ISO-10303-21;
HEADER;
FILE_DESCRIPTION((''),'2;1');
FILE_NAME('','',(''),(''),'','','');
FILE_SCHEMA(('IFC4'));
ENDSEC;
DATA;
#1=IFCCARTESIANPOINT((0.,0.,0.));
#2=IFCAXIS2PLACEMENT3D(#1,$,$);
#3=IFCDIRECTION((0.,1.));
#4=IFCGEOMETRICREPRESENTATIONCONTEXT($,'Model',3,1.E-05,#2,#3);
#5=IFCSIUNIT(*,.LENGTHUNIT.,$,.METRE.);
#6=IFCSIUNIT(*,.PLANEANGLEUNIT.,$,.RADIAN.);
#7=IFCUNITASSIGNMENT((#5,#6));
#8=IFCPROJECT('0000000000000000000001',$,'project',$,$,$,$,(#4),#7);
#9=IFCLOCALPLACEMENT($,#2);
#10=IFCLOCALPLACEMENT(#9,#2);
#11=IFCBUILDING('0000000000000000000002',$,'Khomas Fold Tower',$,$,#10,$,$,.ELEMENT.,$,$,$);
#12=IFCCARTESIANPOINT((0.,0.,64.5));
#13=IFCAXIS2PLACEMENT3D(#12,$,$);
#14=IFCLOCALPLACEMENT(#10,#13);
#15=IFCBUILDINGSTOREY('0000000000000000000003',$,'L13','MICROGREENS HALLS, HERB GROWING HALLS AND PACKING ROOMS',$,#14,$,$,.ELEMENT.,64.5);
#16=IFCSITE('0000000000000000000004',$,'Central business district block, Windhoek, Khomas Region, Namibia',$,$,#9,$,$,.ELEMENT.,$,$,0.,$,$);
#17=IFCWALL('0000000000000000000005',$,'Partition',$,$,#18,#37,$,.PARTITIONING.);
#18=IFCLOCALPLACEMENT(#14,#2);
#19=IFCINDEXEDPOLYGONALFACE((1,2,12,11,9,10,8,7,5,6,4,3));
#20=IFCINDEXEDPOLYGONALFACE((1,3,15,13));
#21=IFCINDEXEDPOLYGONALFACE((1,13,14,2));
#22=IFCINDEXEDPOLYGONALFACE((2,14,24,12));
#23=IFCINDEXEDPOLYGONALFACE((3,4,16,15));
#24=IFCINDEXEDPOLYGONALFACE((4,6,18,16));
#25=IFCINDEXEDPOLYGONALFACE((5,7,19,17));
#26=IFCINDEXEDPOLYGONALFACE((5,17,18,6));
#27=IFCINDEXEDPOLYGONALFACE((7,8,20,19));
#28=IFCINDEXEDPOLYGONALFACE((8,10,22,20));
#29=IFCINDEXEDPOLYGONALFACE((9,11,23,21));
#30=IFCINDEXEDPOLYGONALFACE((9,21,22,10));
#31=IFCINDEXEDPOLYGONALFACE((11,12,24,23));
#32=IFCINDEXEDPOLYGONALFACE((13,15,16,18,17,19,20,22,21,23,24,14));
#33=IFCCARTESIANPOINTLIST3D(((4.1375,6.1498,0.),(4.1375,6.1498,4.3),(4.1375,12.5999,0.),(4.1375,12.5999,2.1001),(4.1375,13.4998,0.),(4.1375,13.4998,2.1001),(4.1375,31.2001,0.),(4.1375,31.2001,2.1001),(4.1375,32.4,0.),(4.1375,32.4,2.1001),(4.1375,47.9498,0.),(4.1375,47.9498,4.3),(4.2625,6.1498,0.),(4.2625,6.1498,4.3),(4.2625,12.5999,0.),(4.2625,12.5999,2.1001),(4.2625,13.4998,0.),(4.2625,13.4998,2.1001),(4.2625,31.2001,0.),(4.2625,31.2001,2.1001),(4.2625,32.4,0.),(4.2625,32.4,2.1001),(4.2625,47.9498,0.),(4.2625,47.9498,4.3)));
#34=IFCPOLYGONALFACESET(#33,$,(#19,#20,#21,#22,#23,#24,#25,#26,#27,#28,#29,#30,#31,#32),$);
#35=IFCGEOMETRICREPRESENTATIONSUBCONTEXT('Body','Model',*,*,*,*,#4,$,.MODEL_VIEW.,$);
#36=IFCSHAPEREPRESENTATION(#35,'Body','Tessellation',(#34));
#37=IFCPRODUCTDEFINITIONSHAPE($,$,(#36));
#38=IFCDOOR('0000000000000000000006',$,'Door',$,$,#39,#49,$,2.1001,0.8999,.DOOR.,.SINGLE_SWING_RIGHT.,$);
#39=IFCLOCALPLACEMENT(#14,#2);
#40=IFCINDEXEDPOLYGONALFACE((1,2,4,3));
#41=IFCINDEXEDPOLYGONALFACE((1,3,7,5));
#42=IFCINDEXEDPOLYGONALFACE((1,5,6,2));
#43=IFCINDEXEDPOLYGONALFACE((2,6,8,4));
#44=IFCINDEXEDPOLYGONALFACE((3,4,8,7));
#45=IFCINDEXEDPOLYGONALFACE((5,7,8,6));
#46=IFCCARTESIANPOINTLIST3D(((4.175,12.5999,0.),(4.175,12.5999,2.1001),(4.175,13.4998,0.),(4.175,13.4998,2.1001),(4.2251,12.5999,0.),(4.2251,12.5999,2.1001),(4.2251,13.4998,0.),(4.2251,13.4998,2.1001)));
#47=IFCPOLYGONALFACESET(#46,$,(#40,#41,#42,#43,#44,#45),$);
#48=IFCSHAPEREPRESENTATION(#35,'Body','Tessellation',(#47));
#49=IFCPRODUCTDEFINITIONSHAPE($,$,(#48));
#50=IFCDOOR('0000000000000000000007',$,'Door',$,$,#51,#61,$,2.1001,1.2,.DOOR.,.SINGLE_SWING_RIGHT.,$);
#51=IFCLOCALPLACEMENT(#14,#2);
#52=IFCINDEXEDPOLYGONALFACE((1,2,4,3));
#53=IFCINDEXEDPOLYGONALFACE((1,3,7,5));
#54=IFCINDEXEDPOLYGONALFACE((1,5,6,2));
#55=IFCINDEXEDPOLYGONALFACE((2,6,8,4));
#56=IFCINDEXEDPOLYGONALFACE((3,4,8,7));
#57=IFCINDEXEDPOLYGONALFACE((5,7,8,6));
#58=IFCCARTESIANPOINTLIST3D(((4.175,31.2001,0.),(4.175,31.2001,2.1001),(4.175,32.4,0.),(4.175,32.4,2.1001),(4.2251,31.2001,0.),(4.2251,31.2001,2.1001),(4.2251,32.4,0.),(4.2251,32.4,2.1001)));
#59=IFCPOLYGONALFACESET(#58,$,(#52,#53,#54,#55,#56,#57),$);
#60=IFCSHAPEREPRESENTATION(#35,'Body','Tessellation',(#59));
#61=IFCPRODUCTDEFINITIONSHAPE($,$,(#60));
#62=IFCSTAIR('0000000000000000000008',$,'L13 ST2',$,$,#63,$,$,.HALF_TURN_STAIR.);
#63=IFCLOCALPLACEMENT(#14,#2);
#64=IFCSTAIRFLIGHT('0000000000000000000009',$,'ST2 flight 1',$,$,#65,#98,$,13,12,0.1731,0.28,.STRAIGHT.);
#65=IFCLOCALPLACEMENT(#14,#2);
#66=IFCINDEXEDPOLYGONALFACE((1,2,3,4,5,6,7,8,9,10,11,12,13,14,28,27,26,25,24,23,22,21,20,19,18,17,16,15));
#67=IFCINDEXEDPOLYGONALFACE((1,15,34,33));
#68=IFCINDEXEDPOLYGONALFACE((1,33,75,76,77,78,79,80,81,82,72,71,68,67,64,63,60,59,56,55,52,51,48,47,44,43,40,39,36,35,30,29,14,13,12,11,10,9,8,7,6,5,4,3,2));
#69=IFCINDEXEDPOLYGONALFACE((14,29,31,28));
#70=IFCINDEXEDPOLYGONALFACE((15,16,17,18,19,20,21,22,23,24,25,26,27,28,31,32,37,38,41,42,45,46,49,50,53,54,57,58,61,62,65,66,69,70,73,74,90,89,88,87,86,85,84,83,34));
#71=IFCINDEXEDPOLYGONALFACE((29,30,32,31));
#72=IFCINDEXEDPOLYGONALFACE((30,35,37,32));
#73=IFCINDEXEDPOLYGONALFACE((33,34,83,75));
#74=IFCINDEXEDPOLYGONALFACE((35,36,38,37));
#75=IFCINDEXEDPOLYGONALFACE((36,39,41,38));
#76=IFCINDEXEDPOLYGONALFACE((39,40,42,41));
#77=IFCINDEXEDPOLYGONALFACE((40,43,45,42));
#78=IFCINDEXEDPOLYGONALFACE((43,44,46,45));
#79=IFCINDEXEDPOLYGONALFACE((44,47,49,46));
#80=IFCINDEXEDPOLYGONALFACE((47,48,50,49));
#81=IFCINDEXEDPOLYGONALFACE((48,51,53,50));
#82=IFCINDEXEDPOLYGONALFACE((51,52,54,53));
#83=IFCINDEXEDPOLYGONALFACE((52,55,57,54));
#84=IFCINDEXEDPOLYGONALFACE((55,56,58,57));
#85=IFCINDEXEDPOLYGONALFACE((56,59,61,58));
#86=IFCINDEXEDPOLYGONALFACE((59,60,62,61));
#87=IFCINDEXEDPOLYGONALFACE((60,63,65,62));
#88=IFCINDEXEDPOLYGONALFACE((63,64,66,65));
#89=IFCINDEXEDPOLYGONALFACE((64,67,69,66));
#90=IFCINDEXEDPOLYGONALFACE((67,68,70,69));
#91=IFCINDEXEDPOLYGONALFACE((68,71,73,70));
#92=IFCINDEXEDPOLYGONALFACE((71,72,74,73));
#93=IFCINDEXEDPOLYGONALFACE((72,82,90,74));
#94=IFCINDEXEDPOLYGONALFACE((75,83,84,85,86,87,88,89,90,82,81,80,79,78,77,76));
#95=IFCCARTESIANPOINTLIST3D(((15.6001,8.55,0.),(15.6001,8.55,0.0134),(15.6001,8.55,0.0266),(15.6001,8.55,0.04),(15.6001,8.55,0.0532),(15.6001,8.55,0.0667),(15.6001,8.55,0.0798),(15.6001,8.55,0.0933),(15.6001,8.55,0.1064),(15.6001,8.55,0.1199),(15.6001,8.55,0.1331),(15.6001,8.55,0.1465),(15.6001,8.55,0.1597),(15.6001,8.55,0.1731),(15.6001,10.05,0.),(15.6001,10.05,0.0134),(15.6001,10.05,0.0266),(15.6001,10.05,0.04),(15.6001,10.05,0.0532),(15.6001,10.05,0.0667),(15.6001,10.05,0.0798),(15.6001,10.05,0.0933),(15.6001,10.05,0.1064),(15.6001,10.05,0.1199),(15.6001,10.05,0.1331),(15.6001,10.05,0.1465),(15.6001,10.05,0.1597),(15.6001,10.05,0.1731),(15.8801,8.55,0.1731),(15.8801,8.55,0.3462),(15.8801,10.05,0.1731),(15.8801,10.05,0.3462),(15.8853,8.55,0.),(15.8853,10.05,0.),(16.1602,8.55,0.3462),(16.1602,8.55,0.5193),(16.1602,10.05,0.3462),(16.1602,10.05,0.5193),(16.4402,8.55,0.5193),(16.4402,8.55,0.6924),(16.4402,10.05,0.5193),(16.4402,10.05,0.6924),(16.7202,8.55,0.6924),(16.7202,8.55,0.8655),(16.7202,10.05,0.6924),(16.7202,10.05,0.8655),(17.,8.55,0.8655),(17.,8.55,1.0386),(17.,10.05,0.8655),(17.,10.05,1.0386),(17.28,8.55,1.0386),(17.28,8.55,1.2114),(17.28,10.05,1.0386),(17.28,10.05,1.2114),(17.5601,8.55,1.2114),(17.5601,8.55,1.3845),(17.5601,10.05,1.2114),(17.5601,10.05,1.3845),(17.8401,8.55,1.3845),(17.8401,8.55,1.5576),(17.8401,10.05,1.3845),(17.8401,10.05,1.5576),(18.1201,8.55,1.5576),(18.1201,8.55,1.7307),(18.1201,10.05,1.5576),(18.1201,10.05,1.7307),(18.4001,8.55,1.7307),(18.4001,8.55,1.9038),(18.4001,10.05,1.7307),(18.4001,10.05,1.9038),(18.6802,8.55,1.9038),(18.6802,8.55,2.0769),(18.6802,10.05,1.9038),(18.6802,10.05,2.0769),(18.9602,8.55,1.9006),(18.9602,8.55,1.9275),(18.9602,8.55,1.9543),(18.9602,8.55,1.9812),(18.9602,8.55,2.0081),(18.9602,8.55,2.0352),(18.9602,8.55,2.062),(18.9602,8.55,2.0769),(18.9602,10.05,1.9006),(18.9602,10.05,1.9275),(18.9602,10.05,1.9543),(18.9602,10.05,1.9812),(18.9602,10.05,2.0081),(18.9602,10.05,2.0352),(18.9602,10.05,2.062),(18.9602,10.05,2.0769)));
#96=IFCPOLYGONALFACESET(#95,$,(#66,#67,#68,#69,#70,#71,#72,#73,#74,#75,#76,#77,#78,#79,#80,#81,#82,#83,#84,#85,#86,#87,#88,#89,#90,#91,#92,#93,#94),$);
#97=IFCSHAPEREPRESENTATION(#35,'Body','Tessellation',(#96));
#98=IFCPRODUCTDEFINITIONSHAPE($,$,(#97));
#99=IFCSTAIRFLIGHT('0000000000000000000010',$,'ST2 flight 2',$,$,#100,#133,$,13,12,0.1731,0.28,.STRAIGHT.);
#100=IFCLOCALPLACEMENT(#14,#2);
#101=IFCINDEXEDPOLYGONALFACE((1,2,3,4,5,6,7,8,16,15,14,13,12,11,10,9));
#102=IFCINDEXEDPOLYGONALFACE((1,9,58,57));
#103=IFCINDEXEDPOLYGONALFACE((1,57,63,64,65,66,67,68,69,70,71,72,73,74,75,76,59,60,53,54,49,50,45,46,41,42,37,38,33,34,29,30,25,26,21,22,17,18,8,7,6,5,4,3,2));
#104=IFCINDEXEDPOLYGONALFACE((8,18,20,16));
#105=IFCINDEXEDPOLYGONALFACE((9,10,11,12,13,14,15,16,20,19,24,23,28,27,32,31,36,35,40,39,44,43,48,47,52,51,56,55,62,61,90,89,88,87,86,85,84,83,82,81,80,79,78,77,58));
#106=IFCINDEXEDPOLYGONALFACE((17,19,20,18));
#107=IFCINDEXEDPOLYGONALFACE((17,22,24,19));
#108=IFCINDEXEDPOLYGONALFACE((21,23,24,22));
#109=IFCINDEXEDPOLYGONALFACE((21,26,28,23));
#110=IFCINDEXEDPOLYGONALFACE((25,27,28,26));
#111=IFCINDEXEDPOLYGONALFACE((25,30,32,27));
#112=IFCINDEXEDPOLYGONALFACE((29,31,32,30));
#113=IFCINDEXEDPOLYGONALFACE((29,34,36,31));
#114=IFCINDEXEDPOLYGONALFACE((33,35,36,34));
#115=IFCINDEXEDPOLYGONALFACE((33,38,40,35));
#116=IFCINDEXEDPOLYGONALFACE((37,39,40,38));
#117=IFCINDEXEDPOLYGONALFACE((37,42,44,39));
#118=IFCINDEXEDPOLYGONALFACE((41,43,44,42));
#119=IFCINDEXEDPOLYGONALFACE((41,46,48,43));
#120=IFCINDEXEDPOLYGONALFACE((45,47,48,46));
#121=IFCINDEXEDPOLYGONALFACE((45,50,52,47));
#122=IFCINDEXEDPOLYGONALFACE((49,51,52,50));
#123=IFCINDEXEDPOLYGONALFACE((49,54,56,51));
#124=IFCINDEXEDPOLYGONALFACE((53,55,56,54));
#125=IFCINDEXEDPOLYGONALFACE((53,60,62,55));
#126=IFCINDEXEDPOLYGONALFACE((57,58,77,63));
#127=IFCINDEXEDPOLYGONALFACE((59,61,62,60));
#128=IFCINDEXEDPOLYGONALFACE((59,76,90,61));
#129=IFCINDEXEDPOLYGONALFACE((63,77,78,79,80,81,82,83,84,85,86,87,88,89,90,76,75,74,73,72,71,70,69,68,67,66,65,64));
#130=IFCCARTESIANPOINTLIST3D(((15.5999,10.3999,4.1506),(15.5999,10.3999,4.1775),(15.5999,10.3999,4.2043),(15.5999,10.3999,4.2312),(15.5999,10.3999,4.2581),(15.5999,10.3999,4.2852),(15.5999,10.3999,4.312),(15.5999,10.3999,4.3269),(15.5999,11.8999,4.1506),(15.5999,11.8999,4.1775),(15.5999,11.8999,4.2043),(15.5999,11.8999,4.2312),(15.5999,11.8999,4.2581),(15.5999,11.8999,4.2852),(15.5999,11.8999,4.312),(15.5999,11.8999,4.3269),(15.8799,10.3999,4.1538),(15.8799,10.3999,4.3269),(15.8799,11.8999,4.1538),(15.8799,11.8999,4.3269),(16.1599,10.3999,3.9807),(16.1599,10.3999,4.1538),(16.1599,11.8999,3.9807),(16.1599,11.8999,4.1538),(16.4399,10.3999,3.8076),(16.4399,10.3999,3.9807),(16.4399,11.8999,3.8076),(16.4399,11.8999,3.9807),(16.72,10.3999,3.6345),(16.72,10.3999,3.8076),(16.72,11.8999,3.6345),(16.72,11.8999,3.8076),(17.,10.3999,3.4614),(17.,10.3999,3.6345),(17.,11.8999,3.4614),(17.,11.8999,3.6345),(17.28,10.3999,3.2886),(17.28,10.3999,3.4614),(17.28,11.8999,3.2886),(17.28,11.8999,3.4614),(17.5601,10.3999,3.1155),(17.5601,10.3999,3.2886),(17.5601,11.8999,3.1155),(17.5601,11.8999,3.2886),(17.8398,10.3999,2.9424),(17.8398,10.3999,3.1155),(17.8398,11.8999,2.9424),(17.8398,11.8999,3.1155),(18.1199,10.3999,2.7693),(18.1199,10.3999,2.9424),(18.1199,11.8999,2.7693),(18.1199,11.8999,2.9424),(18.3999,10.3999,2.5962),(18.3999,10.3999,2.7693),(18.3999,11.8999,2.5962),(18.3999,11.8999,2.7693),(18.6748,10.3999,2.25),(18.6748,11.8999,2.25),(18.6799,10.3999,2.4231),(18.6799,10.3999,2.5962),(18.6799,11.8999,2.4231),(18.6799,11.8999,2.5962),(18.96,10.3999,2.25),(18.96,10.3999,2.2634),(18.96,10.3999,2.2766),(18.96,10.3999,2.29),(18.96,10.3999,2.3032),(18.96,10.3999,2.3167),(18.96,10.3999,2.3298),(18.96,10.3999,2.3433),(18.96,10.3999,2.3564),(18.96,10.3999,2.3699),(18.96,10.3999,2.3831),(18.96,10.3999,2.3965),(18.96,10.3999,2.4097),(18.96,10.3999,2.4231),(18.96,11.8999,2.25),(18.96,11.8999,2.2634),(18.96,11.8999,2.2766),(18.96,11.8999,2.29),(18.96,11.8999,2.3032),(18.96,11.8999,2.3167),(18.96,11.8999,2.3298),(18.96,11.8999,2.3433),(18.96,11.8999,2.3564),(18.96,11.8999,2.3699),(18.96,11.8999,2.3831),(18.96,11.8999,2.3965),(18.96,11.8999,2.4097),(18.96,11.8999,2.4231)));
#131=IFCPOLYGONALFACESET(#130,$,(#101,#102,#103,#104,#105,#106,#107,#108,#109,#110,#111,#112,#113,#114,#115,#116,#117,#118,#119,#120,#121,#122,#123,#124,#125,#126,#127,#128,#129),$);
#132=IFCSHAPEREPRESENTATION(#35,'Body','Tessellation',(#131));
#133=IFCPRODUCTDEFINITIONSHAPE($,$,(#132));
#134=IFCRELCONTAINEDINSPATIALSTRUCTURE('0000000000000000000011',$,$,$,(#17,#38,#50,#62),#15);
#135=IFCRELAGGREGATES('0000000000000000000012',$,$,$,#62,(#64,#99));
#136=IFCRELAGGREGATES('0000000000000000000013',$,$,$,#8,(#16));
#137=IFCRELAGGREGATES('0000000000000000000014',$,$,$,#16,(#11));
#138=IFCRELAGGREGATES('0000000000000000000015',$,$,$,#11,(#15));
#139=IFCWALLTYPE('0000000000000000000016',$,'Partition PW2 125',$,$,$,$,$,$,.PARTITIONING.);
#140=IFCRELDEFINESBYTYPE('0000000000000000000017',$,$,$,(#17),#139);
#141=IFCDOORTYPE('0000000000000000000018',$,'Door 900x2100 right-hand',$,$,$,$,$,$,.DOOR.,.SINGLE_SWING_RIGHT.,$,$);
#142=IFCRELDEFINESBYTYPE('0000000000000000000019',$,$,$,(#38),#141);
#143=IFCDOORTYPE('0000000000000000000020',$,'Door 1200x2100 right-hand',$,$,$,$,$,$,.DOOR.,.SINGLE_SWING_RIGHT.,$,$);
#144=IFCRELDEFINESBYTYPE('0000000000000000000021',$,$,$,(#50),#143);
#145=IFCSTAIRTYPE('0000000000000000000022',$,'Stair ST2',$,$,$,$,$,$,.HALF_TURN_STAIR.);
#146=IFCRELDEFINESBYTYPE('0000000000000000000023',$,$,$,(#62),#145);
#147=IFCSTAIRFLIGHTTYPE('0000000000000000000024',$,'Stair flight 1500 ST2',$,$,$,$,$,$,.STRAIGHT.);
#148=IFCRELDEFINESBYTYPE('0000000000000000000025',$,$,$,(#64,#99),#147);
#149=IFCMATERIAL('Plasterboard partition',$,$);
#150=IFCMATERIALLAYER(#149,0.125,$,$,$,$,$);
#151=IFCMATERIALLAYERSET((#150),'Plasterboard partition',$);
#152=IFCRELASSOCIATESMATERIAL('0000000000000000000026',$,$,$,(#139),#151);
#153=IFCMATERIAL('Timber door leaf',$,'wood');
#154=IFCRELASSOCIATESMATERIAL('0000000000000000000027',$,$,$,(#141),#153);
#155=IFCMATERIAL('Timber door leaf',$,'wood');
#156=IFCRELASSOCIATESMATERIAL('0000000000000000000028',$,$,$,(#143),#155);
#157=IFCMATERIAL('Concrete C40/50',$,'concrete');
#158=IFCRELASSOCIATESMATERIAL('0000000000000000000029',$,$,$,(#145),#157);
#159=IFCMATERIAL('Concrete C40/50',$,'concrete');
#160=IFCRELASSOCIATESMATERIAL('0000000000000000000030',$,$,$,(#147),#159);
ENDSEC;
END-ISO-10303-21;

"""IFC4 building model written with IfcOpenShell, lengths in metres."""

from ifc_helpers import new_model, si_unit, direction, frame, frame_2d, origin, place, context, subcontext, project, spatial, polyline, rectangle, outline, extrude, source, transform, mapped, material, layer, layer_set, type_object, element, fill, aggregate, save


model = new_model("IFC4")

# Units and contexts
model_context = context("Model", 3, precision=1e-05, world=origin(), true_north=direction((0.0, 1.0)))
body_context = subcontext(model_context, "Body", "Model", "MODEL_VIEW")
ifc_project = project(units=[si_unit("LENGTHUNIT", "METRE"), si_unit("PLANEANGLEUNIT", "RADIAN")], contexts=[model_context])

# Site, building, storey
site_placement = place(None, origin())
site = spatial("IfcSite", under=ifc_project, at=site_placement, Name="Central business district block, Windhoek, Khomas Region, Namibia", CompositionType="ELEMENT", RefElevation=0.0)
building_placement = place(site_placement, origin())
building = spatial("IfcBuilding", under=site, at=building_placement, Name="Khomas Fold Tower", CompositionType="ELEMENT")
storey_placement = place(building_placement, frame((0.0, 0.0, 64.5)))
storey = spatial("IfcBuildingStorey", under=building, at=storey_placement, Name="L13", Description="MICROGREENS HALLS, HERB GROWING HALLS AND PACKING ROOMS", CompositionType="ELEMENT", Elevation=64.5)

# Shared definitions
shared_shape_1 = source(origin(), body_context, "Body", "SweptSolid", [
    extrude(rectangle(XDim=1.2, YDim=2.1001, at=frame_2d((0.6001, 1.05))), frame((0.0, 0.0249, 0.0), z_axis=(0.0, -1.0, 0.0), x_axis=(1.0, 0.0, 0.0)), (0.0, 0.0, 1.0), 0.05),
])

# Wall, openings, doors
ifc_material_1 = material(Name="Plasterboard partition")
ifc_layer_1 = layer(ifc_material_1, 0.125)
ifc_layer_set_1 = layer_set([ifc_layer_1], Name="Plasterboard partition")
wall_type_1 = type_object("IfcWallType", Name="Partition PW2 125", PredefinedType="PARTITIONING", material=ifc_layer_set_1)
shared_shape_2 = source(origin(), body_context, "Body", "SweptSolid", [
    extrude(rectangle(XDim=41.8, YDim=0.125, at=frame_2d((20.8999, 0.0))), origin(), (0.0, 0.0, 1.0), 4.3),
])
wall_1_placement = place(storey_placement, frame((4.2, 6.1499, 0.0), z_axis=(0.0, 0.0, 1.0), x_axis=(0.0, 1.0, 0.0)))
wall_1 = element("IfcWall", 1, at=wall_1_placement, inside=storey, type_object=wall_type_1, Name="Partition", PredefinedType="PARTITIONING", context=body_context, shape_type="MappedRepresentation", body=[
    mapped(shared_shape_2, transform((0.0, 0.0, 0.0))),
])
shared_shape_3 = source(origin(), body_context, "Body", "SweptSolid", [
    extrude(rectangle(XDim=0.8999, YDim=2.1001, at=frame_2d((0.45, 1.05))), frame((0.0, 0.0725, 0.0), z_axis=(0.0, -1.0, 0.0), x_axis=(1.0, 0.0, 0.0)), (0.0, 0.0, 1.0), 0.145),
])
opening_1_placement = place(wall_1_placement, frame((6.45, 0.0, 0.0)))
opening_1 = element("IfcOpeningElement", 2, at=opening_1_placement, cuts=wall_1, PredefinedType="OPENING", context=body_context, shape_type="MappedRepresentation", body=[
    mapped(shared_shape_3, transform((0.0, 0.0, 0.0))),
])
shared_shape_4 = source(origin(), body_context, "Body", "SweptSolid", [
    extrude(rectangle(XDim=1.2, YDim=2.1001, at=frame_2d((0.6001, 1.05))), frame((0.0, 0.0725, 0.0), z_axis=(0.0, -1.0, 0.0), x_axis=(1.0, 0.0, 0.0)), (0.0, 0.0, 1.0), 0.145),
])
opening_2_placement = place(wall_1_placement, frame((25.05, 0.0, 0.0)))
opening_2 = element("IfcOpeningElement", 3, at=opening_2_placement, cuts=wall_1, PredefinedType="OPENING", context=body_context, shape_type="MappedRepresentation", body=[
    mapped(shared_shape_4, transform((0.0, 0.0, 0.0))),
])
ifc_material_2 = material(Name="Timber door leaf", Category="wood")
door_type_1 = type_object("IfcDoorType", Name="Door 900x2100 right-hand", OperationType="SINGLE_SWING_RIGHT", PredefinedType="DOOR", material=ifc_material_2)
shared_shape_5 = source(origin(), body_context, "Body", "SweptSolid", [
    extrude(rectangle(XDim=0.8999, YDim=2.1001, at=frame_2d((0.45, 1.05))), frame((0.0, 0.0249, 0.0), z_axis=(0.0, -1.0, 0.0), x_axis=(1.0, 0.0, 0.0)), (0.0, 0.0, 1.0), 0.05),
])
door_1_placement = place(opening_1_placement, origin())
door_1 = element("IfcDoor", 4, at=door_1_placement, inside=storey, type_object=door_type_1, Name="Door", OperationType="SINGLE_SWING_RIGHT", OverallHeight=2.1001, OverallWidth=0.8999, PredefinedType="DOOR", context=body_context, shape_type="MappedRepresentation", body=[
    mapped(shared_shape_5, transform((0.0, 0.0, 0.0))),
])
fill(opening_1, door_1)
ifc_material_3 = material(Name="Timber door leaf", Category="wood")
door_type_2 = type_object("IfcDoorType", Name="Door 1200x2100 right-hand", OperationType="SINGLE_SWING_RIGHT", PredefinedType="DOOR", material=ifc_material_3)
door_2_placement = place(opening_2_placement, origin())
door_2 = element("IfcDoor", 5, at=door_2_placement, inside=storey, type_object=door_type_2, Name="Door", OperationType="SINGLE_SWING_RIGHT", OverallHeight=2.1001, OverallWidth=1.2, PredefinedType="DOOR", context=body_context, shape_type="MappedRepresentation", body=[
    mapped(shared_shape_1, transform((0.0, 0.0, 0.0))),
])
fill(opening_2, door_2)

# Stair, stair flights
ifc_material_4 = material(Name="Concrete C40/50", Category="concrete")
stair_type = type_object("IfcStairType", Name="Stair ST2", PredefinedType="HALF_TURN_STAIR", material=ifc_material_4)
stair_placement = place(storey_placement, origin())
stair = element("IfcStair", 6, at=stair_placement, inside=storey, type_object=stair_type, Name="L13 ST2", PredefinedType="HALF_TURN_STAIR")
ifc_material_5 = material(Name="Concrete C40/50", Category="concrete")
stair_flight_type = type_object("IfcStairFlightType", Name="Stair flight 1500 ST2", PredefinedType="STRAIGHT", material=ifc_material_5)
shared_shape_6 = source(origin(), body_context, "Body", "SweptSolid", [
    extrude(outline(polyline([(0.0, 0.0), (0.0, 0.0134), (0.0, 0.0266), (0.0, 0.04), (0.0, 0.0532), (0.0, 0.0667), (0.0, 0.0798), (0.0, 0.0933), (0.0, 0.1064), (0.0, 0.1199), (0.0, 0.1331), (0.0, 0.1465), (0.0, 0.1597), (0.0, 0.1731), (0.28, 0.1731), (0.28, 0.3462), (0.5601, 0.3462), (0.5601, 0.5193), (0.8401, 0.5193), (0.8401, 0.6924), (1.1201, 0.6924), (1.1201, 0.8655), (1.3999, 0.8655), (1.3999, 1.0386), (1.6799, 1.0386), (1.6799, 1.2114), (1.96, 1.2114), (1.96, 1.3845), (2.24, 1.3845), (2.24, 1.5576), (2.52, 1.5576), (2.52, 1.7307), (2.8, 1.7307), (2.8, 1.9038), (3.0801, 1.9038), (3.0801, 2.0769), (3.3601, 2.0769), (3.3601, 2.25), (3.3601, 2.2231), (3.3601, 2.1963), (3.3601, 2.1694), (3.3601, 2.1426), (3.3601, 2.1157), (3.3601, 2.0889), (3.3601, 2.062), (3.3601, 2.0352), (3.3601, 2.0081), (3.3601, 1.9812), (3.3601, 1.9543), (3.3601, 1.9275), (3.3601, 1.9006), (0.2852, 0.0), (0.0, 0.0)])), frame((0.0, 0.75, 0.0), z_axis=(0.0, -1.0, 0.0), x_axis=(1.0, 0.0, 0.0)), (0.0, 0.0, 1.0), 1.5),
])
stair_flight_1_placement = place(storey_placement, frame((15.6001, 9.3, 0.0), z_axis=(0.0, 0.0, 1.0), x_axis=(1.0, 0.0, 0.0)))
stair_flight_1 = element("IfcStairFlight", 7, at=stair_flight_1_placement, type_object=stair_flight_type, Name="ST2 flight 1", NumberOfRisers=13, NumberOfTreads=12, PredefinedType="STRAIGHT", RiserHeight=0.1731, TreadLength=0.28, context=body_context, shape_type="MappedRepresentation", body=[
    mapped(shared_shape_6, transform((0.0, 0.0, 0.0))),
])
stair_flight_2_placement = place(storey_placement, frame((18.96, 11.1499, 2.25), z_axis=(0.0, 0.0, 1.0), x_axis=(-1.0, 0.0, 0.0)))
stair_flight_2 = element("IfcStairFlight", 8, at=stair_flight_2_placement, type_object=stair_flight_type, Name="ST2 flight 2", NumberOfRisers=13, NumberOfTreads=12, PredefinedType="STRAIGHT", RiserHeight=0.1731, TreadLength=0.28, context=body_context, shape_type="MappedRepresentation", body=[
    mapped(shared_shape_6, transform((0.0, 0.0, 0.0))),
])
aggregate(stair, [stair_flight_1, stair_flight_2])

save(model, "model.ifc")
